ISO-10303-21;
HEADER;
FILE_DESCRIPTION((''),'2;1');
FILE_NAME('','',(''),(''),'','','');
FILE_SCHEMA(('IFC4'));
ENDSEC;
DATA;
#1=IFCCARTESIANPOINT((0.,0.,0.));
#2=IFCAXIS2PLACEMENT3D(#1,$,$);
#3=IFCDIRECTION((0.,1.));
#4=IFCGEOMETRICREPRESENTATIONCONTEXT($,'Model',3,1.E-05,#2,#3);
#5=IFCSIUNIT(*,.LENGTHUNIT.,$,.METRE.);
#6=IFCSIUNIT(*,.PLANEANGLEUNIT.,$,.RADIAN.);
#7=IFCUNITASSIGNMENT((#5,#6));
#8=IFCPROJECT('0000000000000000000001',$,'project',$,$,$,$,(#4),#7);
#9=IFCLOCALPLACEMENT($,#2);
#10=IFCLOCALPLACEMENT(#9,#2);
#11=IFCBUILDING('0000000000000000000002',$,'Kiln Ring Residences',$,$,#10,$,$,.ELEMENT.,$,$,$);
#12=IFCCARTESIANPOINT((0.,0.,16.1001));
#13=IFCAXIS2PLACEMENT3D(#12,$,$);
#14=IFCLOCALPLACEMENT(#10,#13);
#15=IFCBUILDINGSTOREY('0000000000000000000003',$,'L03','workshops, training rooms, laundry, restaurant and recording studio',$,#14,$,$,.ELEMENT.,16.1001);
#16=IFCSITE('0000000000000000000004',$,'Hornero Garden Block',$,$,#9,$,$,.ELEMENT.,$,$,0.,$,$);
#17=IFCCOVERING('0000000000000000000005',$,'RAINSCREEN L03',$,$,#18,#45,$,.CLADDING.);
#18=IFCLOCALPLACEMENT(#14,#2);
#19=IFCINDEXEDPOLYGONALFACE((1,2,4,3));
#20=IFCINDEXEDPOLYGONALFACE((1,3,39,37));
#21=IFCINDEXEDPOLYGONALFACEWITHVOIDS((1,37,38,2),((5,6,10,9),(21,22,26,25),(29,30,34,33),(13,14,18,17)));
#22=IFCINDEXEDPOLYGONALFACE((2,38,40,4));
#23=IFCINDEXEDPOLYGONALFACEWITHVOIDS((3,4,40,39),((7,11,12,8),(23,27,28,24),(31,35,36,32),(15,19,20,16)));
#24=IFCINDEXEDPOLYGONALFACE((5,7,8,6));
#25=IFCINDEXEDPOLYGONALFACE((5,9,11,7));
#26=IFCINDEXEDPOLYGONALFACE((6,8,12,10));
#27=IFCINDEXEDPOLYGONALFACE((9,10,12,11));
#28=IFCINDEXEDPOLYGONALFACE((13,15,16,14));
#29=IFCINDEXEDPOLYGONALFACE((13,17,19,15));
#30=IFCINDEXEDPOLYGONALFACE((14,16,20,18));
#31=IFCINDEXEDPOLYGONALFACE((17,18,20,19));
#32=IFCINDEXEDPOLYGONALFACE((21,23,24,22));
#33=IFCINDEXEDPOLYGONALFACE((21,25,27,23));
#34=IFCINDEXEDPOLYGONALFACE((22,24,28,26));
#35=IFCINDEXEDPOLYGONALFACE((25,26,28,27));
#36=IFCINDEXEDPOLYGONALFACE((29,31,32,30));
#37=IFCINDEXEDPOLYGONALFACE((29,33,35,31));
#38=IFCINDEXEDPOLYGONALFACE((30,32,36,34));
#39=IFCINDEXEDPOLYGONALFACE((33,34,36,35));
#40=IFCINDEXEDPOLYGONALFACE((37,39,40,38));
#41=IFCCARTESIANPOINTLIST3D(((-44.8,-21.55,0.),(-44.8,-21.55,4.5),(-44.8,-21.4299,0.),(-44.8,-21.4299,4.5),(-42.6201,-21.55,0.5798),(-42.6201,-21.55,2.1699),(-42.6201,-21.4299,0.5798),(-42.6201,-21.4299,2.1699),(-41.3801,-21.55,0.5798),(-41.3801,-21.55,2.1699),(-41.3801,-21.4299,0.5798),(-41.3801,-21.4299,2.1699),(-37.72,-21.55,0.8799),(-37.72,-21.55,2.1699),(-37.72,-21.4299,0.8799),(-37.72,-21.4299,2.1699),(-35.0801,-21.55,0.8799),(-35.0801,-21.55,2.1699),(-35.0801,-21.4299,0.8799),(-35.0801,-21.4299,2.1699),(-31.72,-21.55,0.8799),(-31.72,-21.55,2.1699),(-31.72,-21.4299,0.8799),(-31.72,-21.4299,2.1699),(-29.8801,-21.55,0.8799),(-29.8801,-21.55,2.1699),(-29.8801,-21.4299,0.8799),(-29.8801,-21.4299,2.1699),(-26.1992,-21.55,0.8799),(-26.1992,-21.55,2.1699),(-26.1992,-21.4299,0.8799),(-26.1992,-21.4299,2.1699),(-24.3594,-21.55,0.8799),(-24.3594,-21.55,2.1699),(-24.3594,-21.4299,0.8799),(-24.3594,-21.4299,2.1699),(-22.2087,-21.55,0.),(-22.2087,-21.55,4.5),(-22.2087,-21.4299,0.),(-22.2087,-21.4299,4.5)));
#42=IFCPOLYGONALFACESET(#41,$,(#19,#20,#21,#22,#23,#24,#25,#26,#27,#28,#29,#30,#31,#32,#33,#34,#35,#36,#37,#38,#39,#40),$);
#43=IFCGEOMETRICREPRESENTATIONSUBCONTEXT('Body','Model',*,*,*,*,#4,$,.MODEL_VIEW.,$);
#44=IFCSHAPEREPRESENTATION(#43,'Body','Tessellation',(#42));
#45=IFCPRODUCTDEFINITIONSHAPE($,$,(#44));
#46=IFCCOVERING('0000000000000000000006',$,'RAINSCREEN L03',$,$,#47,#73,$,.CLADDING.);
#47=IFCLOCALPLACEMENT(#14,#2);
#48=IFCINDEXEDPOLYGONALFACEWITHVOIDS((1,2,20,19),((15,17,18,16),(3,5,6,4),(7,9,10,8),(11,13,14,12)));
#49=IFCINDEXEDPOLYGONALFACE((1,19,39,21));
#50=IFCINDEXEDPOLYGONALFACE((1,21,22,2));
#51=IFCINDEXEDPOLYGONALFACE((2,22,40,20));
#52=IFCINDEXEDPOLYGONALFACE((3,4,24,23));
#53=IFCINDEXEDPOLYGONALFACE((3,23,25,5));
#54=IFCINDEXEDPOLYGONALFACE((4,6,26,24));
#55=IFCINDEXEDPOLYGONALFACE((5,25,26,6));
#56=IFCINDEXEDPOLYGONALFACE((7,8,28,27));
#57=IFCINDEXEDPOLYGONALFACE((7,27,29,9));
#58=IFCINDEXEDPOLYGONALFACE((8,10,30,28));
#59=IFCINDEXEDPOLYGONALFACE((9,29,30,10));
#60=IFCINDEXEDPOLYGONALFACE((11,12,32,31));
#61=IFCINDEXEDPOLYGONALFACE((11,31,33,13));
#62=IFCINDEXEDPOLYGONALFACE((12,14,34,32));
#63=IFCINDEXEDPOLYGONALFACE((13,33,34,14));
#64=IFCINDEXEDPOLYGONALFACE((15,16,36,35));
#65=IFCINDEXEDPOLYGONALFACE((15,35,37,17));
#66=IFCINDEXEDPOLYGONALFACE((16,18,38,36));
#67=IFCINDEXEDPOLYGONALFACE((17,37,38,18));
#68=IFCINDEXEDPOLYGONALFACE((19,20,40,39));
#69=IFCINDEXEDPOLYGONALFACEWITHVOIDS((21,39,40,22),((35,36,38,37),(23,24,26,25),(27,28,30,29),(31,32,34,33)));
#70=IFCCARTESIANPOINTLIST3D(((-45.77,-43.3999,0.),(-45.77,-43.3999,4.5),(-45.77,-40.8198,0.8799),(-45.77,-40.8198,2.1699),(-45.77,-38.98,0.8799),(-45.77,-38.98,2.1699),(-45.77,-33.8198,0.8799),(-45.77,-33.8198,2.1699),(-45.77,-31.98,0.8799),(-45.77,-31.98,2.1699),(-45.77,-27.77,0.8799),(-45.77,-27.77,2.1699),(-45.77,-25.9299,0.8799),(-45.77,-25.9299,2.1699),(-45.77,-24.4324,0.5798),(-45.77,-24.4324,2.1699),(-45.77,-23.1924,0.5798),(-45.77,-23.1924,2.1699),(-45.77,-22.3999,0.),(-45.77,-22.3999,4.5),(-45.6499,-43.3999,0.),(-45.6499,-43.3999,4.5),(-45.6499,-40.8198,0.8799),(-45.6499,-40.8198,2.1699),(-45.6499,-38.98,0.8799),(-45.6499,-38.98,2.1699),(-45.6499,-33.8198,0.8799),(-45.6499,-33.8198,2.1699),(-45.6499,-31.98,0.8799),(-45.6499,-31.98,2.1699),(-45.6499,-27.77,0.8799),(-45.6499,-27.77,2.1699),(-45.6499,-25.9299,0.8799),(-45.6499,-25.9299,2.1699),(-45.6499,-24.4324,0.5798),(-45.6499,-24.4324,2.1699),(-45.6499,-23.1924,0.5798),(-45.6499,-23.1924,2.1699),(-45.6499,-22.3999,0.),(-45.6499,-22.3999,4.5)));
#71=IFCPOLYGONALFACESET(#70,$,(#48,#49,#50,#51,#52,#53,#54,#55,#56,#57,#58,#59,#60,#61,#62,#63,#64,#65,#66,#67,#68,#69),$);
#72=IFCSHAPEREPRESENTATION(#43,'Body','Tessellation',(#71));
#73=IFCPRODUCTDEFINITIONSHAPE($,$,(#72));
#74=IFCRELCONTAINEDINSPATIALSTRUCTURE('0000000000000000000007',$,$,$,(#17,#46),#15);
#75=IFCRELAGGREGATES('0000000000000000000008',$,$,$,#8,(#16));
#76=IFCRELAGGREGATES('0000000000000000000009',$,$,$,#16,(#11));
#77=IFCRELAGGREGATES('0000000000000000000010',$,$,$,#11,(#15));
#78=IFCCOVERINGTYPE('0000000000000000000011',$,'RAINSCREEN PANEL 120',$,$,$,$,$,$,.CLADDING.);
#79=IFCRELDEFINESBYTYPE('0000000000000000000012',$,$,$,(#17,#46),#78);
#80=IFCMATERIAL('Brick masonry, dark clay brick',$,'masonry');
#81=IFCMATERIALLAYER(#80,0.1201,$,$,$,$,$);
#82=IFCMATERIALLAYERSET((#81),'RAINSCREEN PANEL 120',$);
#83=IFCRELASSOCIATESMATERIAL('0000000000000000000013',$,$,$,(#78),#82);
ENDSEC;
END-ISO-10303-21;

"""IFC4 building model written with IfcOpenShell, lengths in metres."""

from ifc_helpers import new_model, si_unit, direction, frame, origin, place, context, subcontext, project, spatial, polyline, outline, extrude, material, layer, layer_set, type_object, element, save


model = new_model("IFC4")

# Units and contexts
model_context = context("Model", 3, precision=1e-05, world=origin(), true_north=direction((0.0, 1.0)))
body_context = subcontext(model_context, "Body", "Model", "MODEL_VIEW")
ifc_project = project(units=[si_unit("LENGTHUNIT", "METRE"), si_unit("PLANEANGLEUNIT", "RADIAN")], contexts=[model_context])

# Site, building, storey
site_placement = place(None, origin())
site = spatial("IfcSite", under=ifc_project, at=site_placement, Name="Hornero Garden Block", CompositionType="ELEMENT", RefElevation=0.0)
building_placement = place(site_placement, origin())
building = spatial("IfcBuilding", under=site, at=building_placement, Name="Kiln Ring Residences", CompositionType="ELEMENT")
storey_placement = place(building_placement, frame((0.0, 0.0, 16.1001)))
storey = spatial("IfcBuildingStorey", under=building, at=storey_placement, Name="L03", Description="workshops, training rooms, laundry, restaurant and recording studio", CompositionType="ELEMENT", Elevation=16.1001)

# Coverings
ifc_material_1 = material(Name="Brick masonry, dark clay brick", Category="masonry")
ifc_layer_1 = layer(ifc_material_1, 0.1201)
ifc_layer_set_1 = layer_set([ifc_layer_1], Name="RAINSCREEN PANEL 120")
covering_type = type_object("IfcCoveringType", Name="RAINSCREEN PANEL 120", PredefinedType="CLADDING", material=ifc_layer_set_1)
covering_1_placement = place(storey_placement, frame((-22.2087, -21.49, 0.0), z_axis=(0.0, 0.0, 1.0), x_axis=(-1.0, 0.0, 0.0)))
element("IfcCovering", 1, at=covering_1_placement, inside=storey, type_object=covering_type, Name="RAINSCREEN L03", PredefinedType="CLADDING", context=body_context, shape_type="SweptSolid", body=[
    extrude(outline(polyline([(0.0, 0.0), (22.5913, 0.0), (22.5913, 4.5), (0.0, 4.5), (0.0, 0.0)]), holes=[polyline([(20.4114, 0.5798), (20.4114, 2.1699), (19.1714, 2.1699), (19.1714, 0.5798), (20.4114, 0.5798)]), polyline([(3.9905, 0.8799), (3.9905, 2.1699), (2.1506, 2.1699), (2.1506, 0.8799), (3.9905, 0.8799)]), polyline([(9.5112, 0.8799), (9.5112, 2.1699), (7.6714, 2.1699), (7.6714, 0.8799), (9.5112, 0.8799)]), polyline([(15.5112, 0.8799), (15.5112, 2.1699), (12.8713, 2.1699), (12.8713, 0.8799), (15.5112, 0.8799)])]), frame((0.0, 0.0601, 0.0), z_axis=(0.0, -1.0, 0.0), x_axis=(1.0, 0.0, 0.0)), (0.0, 0.0, 1.0), 0.1201),
])
covering_2_placement = place(storey_placement, frame((-45.71, -22.3999, 0.0), z_axis=(0.0, 0.0, 1.0), x_axis=(0.0, -1.0, 0.0)))
element("IfcCovering", 2, at=covering_2_placement, inside=storey, type_object=covering_type, Name="RAINSCREEN L03", PredefinedType="CLADDING", context=body_context, shape_type="SweptSolid", body=[
    extrude(outline(polyline([(0.0, 0.0), (21.0, 0.0), (21.0, 4.5), (0.0, 4.5), (0.0, 0.0)]), holes=[polyline([(2.0325, 0.5798), (2.0325, 2.1699), (0.7925, 2.1699), (0.7925, 0.5798), (2.0325, 0.5798)]), polyline([(5.3701, 0.8799), (5.3701, 2.1699), (3.53, 2.1699), (3.53, 0.8799), (5.3701, 0.8799)]), polyline([(11.4199, 0.8799), (11.4199, 2.1699), (9.5801, 2.1699), (9.5801, 0.8799), (11.4199, 0.8799)]), polyline([(18.4199, 0.8799), (18.4199, 2.1699), (16.5801, 2.1699), (16.5801, 0.8799), (18.4199, 0.8799)])]), frame((0.0, 0.0601, 0.0), z_axis=(0.0, -1.0, 0.0), x_axis=(1.0, 0.0, 0.0)), (0.0, 0.0, 1.0), 0.1201),
])

save(model, "model.ifc")
